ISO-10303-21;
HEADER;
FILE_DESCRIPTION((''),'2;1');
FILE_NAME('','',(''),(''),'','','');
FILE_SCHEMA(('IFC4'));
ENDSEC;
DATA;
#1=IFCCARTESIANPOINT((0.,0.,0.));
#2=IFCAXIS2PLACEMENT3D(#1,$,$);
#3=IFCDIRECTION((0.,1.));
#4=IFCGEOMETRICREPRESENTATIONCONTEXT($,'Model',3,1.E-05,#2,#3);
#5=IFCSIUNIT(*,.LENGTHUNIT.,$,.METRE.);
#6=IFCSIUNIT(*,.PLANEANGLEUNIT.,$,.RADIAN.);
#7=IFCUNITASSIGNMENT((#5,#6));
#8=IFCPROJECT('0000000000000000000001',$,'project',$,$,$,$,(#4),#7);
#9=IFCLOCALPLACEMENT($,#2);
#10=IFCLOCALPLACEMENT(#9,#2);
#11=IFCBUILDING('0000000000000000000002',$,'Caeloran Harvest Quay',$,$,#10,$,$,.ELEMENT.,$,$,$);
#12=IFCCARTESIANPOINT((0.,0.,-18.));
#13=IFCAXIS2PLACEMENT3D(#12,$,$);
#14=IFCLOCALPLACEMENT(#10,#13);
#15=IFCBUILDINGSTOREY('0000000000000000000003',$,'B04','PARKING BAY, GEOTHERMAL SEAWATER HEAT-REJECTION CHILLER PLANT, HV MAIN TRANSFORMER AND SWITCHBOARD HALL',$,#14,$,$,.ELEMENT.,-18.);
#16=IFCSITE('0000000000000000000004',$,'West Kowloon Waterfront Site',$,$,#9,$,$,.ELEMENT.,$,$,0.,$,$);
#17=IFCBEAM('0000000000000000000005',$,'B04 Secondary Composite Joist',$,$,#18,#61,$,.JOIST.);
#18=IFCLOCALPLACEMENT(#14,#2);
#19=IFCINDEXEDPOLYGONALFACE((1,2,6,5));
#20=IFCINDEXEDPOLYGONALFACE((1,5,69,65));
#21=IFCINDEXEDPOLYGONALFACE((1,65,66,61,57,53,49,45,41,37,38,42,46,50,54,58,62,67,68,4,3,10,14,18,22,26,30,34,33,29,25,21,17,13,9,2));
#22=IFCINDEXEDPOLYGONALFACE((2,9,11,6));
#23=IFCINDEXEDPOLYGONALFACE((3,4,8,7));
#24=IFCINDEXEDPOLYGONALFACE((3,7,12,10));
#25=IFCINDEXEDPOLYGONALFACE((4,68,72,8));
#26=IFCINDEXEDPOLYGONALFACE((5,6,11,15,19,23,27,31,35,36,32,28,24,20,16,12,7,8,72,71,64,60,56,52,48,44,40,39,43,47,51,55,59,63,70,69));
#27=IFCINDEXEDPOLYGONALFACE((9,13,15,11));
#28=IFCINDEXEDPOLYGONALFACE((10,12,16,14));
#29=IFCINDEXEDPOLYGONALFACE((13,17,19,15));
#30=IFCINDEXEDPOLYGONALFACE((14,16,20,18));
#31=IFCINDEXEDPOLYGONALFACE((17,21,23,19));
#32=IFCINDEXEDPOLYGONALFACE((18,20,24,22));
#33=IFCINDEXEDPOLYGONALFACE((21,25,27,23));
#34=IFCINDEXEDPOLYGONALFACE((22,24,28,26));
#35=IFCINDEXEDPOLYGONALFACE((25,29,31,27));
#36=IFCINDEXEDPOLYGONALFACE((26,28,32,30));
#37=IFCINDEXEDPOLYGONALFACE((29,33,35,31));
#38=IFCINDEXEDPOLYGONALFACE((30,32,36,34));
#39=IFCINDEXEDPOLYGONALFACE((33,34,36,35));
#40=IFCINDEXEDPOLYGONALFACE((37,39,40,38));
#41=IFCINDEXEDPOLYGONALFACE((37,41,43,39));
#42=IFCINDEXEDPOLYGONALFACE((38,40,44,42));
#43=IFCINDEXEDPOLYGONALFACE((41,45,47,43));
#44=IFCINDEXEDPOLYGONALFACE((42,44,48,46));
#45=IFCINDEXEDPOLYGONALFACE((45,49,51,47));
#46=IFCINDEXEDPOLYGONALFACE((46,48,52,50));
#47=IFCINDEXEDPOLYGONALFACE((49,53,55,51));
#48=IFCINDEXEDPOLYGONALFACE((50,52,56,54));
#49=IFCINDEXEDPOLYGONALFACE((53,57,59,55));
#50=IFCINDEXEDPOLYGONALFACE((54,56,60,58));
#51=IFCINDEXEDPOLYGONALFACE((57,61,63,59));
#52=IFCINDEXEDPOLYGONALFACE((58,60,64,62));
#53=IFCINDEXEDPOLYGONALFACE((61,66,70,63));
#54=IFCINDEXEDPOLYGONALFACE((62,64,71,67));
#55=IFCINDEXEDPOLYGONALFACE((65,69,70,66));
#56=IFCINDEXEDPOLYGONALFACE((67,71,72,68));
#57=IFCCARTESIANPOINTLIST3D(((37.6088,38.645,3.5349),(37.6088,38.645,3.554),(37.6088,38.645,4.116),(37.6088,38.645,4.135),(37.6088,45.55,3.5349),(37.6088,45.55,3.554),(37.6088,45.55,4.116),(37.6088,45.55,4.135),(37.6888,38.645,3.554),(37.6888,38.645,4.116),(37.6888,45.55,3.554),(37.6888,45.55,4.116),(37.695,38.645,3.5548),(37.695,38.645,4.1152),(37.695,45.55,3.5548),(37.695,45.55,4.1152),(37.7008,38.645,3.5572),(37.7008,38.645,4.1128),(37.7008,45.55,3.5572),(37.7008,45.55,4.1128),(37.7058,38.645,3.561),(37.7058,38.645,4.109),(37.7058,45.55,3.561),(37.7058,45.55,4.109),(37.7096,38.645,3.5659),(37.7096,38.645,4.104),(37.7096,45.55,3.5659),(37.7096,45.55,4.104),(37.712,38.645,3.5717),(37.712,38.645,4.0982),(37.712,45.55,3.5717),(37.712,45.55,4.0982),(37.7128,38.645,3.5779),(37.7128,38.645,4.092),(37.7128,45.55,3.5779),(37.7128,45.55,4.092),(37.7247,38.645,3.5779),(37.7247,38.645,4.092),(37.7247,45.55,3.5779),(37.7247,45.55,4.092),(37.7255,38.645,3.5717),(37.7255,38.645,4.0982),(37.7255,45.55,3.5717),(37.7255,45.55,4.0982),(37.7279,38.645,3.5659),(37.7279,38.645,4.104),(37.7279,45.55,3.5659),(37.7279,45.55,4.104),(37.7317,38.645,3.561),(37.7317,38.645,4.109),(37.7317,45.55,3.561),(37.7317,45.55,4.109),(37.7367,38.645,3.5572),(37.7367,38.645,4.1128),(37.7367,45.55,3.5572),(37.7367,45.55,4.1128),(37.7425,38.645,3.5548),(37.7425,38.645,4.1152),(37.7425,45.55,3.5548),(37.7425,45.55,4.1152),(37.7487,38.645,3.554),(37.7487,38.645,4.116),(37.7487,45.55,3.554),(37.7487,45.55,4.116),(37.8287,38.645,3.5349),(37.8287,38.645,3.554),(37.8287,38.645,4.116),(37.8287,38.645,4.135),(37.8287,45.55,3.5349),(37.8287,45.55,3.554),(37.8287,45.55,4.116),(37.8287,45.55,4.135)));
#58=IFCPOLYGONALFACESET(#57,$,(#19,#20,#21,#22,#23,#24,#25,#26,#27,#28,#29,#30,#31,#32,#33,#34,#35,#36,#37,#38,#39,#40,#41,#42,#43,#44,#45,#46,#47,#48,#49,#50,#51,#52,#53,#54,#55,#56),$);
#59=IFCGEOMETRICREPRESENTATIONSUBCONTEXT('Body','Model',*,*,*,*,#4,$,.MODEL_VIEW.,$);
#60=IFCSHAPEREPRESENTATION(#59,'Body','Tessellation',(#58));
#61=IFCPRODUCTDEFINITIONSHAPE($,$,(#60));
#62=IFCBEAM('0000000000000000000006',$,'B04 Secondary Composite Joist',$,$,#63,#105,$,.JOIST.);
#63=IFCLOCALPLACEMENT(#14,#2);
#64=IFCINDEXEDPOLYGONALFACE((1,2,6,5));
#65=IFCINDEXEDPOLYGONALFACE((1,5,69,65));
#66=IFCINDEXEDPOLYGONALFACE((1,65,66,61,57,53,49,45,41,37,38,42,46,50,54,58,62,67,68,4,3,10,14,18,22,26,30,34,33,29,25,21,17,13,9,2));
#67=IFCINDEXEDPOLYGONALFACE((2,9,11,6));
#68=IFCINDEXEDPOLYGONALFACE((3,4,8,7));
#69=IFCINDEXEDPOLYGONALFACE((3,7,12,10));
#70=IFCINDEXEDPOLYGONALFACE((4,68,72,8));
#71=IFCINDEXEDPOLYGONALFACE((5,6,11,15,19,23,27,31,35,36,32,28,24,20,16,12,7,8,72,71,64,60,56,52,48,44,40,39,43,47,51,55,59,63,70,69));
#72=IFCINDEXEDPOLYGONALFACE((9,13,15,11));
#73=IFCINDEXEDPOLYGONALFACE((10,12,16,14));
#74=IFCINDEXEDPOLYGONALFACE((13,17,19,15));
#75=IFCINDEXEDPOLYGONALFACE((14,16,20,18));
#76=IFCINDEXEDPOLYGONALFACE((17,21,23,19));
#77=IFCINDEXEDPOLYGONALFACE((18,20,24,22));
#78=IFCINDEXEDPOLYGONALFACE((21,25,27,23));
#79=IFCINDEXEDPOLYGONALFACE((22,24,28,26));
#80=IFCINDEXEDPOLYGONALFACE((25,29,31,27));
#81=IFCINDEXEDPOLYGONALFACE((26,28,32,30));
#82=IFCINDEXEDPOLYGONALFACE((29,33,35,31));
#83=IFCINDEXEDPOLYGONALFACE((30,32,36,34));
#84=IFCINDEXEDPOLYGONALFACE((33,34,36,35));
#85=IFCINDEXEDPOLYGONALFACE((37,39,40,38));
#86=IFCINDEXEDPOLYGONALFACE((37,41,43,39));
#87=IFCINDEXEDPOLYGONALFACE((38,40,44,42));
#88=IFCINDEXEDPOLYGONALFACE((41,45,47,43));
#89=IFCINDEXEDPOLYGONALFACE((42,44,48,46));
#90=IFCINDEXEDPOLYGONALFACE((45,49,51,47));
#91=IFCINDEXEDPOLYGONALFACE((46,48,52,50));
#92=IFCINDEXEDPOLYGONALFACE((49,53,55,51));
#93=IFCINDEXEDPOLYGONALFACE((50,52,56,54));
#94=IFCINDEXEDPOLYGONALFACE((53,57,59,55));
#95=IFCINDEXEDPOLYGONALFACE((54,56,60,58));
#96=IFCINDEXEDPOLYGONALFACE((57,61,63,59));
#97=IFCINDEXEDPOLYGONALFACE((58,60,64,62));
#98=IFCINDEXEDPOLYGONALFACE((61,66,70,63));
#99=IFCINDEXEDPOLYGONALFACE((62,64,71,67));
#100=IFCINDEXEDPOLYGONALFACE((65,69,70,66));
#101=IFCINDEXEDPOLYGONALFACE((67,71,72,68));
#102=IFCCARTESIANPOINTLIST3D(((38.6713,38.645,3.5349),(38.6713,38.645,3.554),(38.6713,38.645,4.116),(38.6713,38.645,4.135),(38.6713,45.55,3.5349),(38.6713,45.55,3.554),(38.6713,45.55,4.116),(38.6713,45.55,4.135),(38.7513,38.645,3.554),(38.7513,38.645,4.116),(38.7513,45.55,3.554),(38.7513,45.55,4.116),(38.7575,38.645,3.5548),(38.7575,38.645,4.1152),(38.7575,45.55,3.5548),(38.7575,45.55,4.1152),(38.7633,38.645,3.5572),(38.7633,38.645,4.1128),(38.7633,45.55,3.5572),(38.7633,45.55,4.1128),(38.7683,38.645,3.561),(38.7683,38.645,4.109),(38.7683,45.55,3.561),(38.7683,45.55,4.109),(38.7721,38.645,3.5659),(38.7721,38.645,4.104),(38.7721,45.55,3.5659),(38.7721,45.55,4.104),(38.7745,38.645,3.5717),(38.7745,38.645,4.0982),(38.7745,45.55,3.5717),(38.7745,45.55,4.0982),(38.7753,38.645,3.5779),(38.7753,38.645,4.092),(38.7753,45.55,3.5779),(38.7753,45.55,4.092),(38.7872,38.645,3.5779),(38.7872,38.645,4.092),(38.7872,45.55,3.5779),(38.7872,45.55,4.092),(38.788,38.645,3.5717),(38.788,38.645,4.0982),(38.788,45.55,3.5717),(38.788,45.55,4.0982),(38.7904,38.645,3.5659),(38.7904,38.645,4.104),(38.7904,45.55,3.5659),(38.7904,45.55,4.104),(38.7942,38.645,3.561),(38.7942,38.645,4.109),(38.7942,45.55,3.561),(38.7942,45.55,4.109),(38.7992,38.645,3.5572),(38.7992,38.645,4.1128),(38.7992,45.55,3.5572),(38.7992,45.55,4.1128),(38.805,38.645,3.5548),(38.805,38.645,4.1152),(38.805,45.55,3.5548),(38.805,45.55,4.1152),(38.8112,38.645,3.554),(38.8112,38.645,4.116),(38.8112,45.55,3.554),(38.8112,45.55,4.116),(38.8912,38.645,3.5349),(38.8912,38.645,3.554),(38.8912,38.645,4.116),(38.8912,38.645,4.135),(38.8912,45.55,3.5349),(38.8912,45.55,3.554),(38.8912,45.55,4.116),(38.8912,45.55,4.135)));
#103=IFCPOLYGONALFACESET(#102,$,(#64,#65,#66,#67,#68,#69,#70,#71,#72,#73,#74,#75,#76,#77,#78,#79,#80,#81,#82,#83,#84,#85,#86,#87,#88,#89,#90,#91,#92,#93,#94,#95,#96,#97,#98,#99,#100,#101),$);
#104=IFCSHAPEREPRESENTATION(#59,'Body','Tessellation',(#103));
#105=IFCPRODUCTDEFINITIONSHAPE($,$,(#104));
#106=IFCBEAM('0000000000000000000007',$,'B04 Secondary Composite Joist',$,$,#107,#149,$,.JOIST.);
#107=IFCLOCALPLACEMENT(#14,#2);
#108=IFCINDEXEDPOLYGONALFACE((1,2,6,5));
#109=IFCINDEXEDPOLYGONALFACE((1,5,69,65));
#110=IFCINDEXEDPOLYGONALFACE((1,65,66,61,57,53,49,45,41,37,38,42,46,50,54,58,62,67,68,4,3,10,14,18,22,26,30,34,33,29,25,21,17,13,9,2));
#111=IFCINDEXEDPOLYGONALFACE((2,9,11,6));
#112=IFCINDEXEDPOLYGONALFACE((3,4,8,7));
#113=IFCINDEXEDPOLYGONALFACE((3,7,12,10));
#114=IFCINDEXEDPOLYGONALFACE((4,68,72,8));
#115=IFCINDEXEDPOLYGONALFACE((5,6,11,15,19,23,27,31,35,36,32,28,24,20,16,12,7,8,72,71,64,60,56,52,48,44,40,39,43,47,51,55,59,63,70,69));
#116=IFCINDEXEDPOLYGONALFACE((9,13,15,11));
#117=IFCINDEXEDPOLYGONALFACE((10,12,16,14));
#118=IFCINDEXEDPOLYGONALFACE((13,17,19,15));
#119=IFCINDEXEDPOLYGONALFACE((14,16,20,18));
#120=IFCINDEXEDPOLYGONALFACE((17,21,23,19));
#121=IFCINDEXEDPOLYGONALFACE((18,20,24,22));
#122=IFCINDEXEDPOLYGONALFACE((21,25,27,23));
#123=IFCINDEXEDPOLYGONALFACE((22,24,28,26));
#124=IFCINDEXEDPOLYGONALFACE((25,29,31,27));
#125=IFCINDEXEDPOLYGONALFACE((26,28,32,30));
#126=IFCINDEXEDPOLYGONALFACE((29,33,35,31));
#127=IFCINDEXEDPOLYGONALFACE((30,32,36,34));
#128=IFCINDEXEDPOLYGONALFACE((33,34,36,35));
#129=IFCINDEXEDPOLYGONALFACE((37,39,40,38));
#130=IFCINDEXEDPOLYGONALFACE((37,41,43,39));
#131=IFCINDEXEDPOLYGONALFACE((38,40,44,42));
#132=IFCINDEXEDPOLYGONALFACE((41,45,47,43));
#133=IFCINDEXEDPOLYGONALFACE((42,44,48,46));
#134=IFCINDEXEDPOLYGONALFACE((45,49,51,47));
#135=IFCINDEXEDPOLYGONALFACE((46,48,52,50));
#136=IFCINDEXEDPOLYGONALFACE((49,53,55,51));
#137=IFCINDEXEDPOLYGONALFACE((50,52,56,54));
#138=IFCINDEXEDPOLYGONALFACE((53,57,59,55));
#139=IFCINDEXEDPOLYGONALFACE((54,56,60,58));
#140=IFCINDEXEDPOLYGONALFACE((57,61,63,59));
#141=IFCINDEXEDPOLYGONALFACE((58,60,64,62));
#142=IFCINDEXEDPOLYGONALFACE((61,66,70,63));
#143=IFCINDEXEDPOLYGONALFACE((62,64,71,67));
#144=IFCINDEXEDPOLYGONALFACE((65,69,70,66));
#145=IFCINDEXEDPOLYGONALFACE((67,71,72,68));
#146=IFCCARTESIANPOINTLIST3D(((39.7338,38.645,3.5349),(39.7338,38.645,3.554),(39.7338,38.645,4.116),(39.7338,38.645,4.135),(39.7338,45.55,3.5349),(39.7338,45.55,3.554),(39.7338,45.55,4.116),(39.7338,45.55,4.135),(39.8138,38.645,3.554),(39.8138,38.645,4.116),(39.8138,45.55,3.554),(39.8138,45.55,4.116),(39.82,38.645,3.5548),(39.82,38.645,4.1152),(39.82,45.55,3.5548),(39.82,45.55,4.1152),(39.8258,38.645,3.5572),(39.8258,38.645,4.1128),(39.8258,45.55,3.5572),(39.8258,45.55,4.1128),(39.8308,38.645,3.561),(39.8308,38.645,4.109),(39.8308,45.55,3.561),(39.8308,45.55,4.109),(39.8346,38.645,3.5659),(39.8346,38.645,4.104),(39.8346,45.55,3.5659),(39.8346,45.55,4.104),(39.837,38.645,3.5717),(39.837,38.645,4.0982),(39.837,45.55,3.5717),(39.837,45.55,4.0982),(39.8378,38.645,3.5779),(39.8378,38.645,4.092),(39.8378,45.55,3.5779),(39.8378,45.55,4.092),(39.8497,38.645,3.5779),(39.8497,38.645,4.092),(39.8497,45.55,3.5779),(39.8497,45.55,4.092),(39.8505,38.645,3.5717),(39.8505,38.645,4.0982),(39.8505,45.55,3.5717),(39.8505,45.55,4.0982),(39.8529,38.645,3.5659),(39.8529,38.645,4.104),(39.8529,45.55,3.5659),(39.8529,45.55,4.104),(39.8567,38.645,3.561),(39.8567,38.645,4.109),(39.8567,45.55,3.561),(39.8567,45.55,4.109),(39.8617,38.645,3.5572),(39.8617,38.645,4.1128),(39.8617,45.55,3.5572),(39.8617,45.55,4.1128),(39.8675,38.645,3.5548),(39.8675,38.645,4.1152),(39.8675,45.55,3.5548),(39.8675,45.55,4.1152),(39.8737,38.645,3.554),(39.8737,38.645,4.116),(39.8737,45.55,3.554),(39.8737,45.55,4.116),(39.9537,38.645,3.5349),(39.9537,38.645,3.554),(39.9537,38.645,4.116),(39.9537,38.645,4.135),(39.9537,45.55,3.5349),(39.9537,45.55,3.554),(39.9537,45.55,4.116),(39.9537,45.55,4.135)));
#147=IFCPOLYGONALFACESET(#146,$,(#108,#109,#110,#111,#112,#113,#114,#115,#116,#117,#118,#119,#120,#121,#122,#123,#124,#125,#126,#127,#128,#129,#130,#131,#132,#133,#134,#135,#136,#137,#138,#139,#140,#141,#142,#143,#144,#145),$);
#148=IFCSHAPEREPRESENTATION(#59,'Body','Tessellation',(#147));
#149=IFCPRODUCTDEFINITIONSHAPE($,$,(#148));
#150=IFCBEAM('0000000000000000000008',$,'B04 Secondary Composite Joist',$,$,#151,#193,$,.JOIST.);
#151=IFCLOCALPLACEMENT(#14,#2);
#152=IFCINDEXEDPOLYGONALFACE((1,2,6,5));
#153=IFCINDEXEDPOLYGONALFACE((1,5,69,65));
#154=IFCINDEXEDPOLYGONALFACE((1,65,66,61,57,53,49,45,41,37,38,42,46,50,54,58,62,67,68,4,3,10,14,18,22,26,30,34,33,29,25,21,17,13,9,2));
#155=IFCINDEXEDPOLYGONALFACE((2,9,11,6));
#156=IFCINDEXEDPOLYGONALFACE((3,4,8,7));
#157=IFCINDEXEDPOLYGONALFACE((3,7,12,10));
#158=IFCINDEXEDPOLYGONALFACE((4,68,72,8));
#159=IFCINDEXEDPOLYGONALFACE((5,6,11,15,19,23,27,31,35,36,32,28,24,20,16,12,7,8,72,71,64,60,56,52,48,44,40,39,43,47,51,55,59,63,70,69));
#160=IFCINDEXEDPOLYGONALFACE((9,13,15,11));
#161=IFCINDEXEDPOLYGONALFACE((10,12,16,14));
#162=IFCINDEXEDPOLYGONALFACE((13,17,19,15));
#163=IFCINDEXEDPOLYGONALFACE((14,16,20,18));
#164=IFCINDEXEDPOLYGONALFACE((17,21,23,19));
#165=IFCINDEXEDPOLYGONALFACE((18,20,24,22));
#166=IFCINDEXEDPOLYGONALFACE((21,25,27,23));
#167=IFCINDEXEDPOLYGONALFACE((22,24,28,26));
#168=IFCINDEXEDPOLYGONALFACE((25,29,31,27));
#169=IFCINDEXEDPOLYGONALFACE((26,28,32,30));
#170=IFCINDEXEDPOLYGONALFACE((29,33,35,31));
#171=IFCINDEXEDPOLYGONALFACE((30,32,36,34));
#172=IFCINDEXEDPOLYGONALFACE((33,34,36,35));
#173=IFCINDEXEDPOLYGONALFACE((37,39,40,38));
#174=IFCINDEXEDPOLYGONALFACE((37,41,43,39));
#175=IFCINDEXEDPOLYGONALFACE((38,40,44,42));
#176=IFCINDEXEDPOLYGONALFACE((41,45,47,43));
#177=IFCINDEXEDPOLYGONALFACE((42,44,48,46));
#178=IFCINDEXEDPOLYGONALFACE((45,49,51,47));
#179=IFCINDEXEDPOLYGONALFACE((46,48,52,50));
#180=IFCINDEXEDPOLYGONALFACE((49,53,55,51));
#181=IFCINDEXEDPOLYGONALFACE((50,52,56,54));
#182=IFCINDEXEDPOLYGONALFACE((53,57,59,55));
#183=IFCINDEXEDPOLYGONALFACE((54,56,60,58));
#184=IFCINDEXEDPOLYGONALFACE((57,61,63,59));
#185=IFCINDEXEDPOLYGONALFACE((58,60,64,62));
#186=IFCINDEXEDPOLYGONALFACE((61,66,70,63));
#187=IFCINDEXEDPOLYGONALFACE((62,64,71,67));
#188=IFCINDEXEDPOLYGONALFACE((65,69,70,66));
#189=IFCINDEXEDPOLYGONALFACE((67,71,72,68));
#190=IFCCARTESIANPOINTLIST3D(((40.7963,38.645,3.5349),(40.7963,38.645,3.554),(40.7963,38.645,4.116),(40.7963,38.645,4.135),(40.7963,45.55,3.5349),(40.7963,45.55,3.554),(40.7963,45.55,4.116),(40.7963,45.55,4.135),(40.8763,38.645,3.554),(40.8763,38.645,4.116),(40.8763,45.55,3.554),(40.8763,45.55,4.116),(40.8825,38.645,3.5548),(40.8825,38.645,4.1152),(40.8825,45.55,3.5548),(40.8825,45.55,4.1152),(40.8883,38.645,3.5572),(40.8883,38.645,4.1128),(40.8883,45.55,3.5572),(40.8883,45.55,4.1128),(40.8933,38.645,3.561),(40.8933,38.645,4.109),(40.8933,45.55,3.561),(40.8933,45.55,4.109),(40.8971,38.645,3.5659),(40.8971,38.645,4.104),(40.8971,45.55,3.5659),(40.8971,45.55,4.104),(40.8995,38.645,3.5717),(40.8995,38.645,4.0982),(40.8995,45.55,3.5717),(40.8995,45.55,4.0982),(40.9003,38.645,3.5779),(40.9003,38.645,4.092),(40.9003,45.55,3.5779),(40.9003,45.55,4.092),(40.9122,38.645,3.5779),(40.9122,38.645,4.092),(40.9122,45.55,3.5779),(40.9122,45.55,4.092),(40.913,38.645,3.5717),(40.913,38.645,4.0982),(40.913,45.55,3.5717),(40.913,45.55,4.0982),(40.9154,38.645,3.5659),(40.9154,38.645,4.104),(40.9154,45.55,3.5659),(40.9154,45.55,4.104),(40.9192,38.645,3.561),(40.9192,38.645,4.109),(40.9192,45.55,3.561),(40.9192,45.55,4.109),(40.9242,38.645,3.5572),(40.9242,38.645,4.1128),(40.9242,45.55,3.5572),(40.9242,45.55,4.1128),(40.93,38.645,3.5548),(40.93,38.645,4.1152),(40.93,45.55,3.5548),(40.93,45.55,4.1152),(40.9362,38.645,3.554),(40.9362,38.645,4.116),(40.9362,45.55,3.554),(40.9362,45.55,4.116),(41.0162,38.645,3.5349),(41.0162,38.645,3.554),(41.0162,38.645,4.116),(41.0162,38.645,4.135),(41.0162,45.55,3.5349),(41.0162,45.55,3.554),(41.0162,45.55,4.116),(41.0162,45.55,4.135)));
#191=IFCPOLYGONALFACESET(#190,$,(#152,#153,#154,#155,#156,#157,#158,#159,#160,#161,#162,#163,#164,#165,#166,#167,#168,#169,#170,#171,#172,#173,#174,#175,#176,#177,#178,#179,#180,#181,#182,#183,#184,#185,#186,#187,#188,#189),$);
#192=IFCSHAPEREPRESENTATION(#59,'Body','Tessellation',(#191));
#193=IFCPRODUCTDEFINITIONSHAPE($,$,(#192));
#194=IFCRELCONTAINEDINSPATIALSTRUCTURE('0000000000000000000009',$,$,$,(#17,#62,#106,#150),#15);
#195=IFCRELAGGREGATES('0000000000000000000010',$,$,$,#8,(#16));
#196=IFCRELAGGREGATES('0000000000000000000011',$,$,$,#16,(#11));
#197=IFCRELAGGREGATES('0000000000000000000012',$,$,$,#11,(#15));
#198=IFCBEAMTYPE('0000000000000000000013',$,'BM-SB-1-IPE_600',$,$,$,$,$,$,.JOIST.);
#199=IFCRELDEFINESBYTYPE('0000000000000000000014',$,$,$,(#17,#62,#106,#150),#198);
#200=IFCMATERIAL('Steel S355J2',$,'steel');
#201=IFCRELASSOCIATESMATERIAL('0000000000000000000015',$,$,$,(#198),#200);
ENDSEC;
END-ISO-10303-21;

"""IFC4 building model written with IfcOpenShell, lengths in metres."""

from ifc_helpers import new_model, si_unit, direction, frame, origin, origin_2d, place, context, subcontext, project, spatial, i_section, extrude, material, material_profile, profile_set, type_object, element, save


model = new_model("IFC4")

# Units and contexts
model_context = context("Model", 3, precision=1e-05, world=origin(), true_north=direction((0.0, 1.0)))
body_context = subcontext(model_context, "Body", "Model", "MODEL_VIEW")
ifc_project = project(units=[si_unit("LENGTHUNIT", "METRE"), si_unit("PLANEANGLEUNIT", "RADIAN")], contexts=[model_context])

# Site, building, storey
site_placement = place(None, origin())
site = spatial("IfcSite", under=ifc_project, at=site_placement, Name="West Kowloon Waterfront Site", CompositionType="ELEMENT", RefElevation=0.0)
building_placement = place(site_placement, origin())
building = spatial("IfcBuilding", under=site, at=building_placement, Name="Caeloran Harvest Quay", CompositionType="ELEMENT")
storey_placement = place(building_placement, frame((0.0, 0.0, -18.0)))
storey = spatial("IfcBuildingStorey", under=building, at=storey_placement, Name="B04", Description="PARKING BAY, GEOTHERMAL SEAWATER HEAT-REJECTION CHILLER PLANT, HV MAIN TRANSFORMER AND SWITCHBOARD HALL", CompositionType="ELEMENT", Elevation=-18.0)

# Beams
ifc_material_1 = material(Name="Steel S355J2", Category="steel")
ifc_material_profile_1 = material_profile(ifc_material_1, i_section(OverallWidth=0.22, OverallDepth=0.6001, WebThickness=0.012, FlangeThickness=0.019, FilletRadius=0.0239, at=origin_2d()), Name="IPE 600")
ifc_profile_set_1 = profile_set([ifc_material_profile_1], Name="Steel S355J2")
beam_type_1 = type_object("IfcBeamType", Name="BM-SB-1-IPE_600", PredefinedType="JOIST", material=ifc_profile_set_1)
for number, where, z_axis, x_axis, name in (
    (1, (37.7188, 38.645, 3.835), (0.0, 1.0, 0.0), (-1.0, 0.0, 0.0), "B04 Secondary Composite Joist"),
    (2, (38.7812, 38.645, 3.835), (0.0, 1.0, 0.0), (-1.0, 0.0, 0.0), "B04 Secondary Composite Joist"),
    (3, (39.8438, 38.645, 3.835), (0.0, 1.0, 0.0), (-1.0, 0.0, 0.0), "B04 Secondary Composite Joist"),
    (4, (40.9062, 38.645, 3.835), (0.0, 1.0, 0.0), (-1.0, 0.0, 0.0), "B04 Secondary Composite Joist"),
):
    element("IfcBeam", number, at=place(storey_placement, frame(where, z_axis=z_axis, x_axis=x_axis)), inside=storey, type_object=beam_type_1, Name=name, PredefinedType="JOIST", context=body_context, shape_type="SweptSolid", body=[
        extrude(i_section(OverallWidth=0.22, OverallDepth=0.6001, WebThickness=0.012, FlangeThickness=0.019, FilletRadius=0.0239, at=origin_2d()), origin(), (0.0, 0.0, 1.0), 6.905),
    ])

save(model, "model.ifc")
